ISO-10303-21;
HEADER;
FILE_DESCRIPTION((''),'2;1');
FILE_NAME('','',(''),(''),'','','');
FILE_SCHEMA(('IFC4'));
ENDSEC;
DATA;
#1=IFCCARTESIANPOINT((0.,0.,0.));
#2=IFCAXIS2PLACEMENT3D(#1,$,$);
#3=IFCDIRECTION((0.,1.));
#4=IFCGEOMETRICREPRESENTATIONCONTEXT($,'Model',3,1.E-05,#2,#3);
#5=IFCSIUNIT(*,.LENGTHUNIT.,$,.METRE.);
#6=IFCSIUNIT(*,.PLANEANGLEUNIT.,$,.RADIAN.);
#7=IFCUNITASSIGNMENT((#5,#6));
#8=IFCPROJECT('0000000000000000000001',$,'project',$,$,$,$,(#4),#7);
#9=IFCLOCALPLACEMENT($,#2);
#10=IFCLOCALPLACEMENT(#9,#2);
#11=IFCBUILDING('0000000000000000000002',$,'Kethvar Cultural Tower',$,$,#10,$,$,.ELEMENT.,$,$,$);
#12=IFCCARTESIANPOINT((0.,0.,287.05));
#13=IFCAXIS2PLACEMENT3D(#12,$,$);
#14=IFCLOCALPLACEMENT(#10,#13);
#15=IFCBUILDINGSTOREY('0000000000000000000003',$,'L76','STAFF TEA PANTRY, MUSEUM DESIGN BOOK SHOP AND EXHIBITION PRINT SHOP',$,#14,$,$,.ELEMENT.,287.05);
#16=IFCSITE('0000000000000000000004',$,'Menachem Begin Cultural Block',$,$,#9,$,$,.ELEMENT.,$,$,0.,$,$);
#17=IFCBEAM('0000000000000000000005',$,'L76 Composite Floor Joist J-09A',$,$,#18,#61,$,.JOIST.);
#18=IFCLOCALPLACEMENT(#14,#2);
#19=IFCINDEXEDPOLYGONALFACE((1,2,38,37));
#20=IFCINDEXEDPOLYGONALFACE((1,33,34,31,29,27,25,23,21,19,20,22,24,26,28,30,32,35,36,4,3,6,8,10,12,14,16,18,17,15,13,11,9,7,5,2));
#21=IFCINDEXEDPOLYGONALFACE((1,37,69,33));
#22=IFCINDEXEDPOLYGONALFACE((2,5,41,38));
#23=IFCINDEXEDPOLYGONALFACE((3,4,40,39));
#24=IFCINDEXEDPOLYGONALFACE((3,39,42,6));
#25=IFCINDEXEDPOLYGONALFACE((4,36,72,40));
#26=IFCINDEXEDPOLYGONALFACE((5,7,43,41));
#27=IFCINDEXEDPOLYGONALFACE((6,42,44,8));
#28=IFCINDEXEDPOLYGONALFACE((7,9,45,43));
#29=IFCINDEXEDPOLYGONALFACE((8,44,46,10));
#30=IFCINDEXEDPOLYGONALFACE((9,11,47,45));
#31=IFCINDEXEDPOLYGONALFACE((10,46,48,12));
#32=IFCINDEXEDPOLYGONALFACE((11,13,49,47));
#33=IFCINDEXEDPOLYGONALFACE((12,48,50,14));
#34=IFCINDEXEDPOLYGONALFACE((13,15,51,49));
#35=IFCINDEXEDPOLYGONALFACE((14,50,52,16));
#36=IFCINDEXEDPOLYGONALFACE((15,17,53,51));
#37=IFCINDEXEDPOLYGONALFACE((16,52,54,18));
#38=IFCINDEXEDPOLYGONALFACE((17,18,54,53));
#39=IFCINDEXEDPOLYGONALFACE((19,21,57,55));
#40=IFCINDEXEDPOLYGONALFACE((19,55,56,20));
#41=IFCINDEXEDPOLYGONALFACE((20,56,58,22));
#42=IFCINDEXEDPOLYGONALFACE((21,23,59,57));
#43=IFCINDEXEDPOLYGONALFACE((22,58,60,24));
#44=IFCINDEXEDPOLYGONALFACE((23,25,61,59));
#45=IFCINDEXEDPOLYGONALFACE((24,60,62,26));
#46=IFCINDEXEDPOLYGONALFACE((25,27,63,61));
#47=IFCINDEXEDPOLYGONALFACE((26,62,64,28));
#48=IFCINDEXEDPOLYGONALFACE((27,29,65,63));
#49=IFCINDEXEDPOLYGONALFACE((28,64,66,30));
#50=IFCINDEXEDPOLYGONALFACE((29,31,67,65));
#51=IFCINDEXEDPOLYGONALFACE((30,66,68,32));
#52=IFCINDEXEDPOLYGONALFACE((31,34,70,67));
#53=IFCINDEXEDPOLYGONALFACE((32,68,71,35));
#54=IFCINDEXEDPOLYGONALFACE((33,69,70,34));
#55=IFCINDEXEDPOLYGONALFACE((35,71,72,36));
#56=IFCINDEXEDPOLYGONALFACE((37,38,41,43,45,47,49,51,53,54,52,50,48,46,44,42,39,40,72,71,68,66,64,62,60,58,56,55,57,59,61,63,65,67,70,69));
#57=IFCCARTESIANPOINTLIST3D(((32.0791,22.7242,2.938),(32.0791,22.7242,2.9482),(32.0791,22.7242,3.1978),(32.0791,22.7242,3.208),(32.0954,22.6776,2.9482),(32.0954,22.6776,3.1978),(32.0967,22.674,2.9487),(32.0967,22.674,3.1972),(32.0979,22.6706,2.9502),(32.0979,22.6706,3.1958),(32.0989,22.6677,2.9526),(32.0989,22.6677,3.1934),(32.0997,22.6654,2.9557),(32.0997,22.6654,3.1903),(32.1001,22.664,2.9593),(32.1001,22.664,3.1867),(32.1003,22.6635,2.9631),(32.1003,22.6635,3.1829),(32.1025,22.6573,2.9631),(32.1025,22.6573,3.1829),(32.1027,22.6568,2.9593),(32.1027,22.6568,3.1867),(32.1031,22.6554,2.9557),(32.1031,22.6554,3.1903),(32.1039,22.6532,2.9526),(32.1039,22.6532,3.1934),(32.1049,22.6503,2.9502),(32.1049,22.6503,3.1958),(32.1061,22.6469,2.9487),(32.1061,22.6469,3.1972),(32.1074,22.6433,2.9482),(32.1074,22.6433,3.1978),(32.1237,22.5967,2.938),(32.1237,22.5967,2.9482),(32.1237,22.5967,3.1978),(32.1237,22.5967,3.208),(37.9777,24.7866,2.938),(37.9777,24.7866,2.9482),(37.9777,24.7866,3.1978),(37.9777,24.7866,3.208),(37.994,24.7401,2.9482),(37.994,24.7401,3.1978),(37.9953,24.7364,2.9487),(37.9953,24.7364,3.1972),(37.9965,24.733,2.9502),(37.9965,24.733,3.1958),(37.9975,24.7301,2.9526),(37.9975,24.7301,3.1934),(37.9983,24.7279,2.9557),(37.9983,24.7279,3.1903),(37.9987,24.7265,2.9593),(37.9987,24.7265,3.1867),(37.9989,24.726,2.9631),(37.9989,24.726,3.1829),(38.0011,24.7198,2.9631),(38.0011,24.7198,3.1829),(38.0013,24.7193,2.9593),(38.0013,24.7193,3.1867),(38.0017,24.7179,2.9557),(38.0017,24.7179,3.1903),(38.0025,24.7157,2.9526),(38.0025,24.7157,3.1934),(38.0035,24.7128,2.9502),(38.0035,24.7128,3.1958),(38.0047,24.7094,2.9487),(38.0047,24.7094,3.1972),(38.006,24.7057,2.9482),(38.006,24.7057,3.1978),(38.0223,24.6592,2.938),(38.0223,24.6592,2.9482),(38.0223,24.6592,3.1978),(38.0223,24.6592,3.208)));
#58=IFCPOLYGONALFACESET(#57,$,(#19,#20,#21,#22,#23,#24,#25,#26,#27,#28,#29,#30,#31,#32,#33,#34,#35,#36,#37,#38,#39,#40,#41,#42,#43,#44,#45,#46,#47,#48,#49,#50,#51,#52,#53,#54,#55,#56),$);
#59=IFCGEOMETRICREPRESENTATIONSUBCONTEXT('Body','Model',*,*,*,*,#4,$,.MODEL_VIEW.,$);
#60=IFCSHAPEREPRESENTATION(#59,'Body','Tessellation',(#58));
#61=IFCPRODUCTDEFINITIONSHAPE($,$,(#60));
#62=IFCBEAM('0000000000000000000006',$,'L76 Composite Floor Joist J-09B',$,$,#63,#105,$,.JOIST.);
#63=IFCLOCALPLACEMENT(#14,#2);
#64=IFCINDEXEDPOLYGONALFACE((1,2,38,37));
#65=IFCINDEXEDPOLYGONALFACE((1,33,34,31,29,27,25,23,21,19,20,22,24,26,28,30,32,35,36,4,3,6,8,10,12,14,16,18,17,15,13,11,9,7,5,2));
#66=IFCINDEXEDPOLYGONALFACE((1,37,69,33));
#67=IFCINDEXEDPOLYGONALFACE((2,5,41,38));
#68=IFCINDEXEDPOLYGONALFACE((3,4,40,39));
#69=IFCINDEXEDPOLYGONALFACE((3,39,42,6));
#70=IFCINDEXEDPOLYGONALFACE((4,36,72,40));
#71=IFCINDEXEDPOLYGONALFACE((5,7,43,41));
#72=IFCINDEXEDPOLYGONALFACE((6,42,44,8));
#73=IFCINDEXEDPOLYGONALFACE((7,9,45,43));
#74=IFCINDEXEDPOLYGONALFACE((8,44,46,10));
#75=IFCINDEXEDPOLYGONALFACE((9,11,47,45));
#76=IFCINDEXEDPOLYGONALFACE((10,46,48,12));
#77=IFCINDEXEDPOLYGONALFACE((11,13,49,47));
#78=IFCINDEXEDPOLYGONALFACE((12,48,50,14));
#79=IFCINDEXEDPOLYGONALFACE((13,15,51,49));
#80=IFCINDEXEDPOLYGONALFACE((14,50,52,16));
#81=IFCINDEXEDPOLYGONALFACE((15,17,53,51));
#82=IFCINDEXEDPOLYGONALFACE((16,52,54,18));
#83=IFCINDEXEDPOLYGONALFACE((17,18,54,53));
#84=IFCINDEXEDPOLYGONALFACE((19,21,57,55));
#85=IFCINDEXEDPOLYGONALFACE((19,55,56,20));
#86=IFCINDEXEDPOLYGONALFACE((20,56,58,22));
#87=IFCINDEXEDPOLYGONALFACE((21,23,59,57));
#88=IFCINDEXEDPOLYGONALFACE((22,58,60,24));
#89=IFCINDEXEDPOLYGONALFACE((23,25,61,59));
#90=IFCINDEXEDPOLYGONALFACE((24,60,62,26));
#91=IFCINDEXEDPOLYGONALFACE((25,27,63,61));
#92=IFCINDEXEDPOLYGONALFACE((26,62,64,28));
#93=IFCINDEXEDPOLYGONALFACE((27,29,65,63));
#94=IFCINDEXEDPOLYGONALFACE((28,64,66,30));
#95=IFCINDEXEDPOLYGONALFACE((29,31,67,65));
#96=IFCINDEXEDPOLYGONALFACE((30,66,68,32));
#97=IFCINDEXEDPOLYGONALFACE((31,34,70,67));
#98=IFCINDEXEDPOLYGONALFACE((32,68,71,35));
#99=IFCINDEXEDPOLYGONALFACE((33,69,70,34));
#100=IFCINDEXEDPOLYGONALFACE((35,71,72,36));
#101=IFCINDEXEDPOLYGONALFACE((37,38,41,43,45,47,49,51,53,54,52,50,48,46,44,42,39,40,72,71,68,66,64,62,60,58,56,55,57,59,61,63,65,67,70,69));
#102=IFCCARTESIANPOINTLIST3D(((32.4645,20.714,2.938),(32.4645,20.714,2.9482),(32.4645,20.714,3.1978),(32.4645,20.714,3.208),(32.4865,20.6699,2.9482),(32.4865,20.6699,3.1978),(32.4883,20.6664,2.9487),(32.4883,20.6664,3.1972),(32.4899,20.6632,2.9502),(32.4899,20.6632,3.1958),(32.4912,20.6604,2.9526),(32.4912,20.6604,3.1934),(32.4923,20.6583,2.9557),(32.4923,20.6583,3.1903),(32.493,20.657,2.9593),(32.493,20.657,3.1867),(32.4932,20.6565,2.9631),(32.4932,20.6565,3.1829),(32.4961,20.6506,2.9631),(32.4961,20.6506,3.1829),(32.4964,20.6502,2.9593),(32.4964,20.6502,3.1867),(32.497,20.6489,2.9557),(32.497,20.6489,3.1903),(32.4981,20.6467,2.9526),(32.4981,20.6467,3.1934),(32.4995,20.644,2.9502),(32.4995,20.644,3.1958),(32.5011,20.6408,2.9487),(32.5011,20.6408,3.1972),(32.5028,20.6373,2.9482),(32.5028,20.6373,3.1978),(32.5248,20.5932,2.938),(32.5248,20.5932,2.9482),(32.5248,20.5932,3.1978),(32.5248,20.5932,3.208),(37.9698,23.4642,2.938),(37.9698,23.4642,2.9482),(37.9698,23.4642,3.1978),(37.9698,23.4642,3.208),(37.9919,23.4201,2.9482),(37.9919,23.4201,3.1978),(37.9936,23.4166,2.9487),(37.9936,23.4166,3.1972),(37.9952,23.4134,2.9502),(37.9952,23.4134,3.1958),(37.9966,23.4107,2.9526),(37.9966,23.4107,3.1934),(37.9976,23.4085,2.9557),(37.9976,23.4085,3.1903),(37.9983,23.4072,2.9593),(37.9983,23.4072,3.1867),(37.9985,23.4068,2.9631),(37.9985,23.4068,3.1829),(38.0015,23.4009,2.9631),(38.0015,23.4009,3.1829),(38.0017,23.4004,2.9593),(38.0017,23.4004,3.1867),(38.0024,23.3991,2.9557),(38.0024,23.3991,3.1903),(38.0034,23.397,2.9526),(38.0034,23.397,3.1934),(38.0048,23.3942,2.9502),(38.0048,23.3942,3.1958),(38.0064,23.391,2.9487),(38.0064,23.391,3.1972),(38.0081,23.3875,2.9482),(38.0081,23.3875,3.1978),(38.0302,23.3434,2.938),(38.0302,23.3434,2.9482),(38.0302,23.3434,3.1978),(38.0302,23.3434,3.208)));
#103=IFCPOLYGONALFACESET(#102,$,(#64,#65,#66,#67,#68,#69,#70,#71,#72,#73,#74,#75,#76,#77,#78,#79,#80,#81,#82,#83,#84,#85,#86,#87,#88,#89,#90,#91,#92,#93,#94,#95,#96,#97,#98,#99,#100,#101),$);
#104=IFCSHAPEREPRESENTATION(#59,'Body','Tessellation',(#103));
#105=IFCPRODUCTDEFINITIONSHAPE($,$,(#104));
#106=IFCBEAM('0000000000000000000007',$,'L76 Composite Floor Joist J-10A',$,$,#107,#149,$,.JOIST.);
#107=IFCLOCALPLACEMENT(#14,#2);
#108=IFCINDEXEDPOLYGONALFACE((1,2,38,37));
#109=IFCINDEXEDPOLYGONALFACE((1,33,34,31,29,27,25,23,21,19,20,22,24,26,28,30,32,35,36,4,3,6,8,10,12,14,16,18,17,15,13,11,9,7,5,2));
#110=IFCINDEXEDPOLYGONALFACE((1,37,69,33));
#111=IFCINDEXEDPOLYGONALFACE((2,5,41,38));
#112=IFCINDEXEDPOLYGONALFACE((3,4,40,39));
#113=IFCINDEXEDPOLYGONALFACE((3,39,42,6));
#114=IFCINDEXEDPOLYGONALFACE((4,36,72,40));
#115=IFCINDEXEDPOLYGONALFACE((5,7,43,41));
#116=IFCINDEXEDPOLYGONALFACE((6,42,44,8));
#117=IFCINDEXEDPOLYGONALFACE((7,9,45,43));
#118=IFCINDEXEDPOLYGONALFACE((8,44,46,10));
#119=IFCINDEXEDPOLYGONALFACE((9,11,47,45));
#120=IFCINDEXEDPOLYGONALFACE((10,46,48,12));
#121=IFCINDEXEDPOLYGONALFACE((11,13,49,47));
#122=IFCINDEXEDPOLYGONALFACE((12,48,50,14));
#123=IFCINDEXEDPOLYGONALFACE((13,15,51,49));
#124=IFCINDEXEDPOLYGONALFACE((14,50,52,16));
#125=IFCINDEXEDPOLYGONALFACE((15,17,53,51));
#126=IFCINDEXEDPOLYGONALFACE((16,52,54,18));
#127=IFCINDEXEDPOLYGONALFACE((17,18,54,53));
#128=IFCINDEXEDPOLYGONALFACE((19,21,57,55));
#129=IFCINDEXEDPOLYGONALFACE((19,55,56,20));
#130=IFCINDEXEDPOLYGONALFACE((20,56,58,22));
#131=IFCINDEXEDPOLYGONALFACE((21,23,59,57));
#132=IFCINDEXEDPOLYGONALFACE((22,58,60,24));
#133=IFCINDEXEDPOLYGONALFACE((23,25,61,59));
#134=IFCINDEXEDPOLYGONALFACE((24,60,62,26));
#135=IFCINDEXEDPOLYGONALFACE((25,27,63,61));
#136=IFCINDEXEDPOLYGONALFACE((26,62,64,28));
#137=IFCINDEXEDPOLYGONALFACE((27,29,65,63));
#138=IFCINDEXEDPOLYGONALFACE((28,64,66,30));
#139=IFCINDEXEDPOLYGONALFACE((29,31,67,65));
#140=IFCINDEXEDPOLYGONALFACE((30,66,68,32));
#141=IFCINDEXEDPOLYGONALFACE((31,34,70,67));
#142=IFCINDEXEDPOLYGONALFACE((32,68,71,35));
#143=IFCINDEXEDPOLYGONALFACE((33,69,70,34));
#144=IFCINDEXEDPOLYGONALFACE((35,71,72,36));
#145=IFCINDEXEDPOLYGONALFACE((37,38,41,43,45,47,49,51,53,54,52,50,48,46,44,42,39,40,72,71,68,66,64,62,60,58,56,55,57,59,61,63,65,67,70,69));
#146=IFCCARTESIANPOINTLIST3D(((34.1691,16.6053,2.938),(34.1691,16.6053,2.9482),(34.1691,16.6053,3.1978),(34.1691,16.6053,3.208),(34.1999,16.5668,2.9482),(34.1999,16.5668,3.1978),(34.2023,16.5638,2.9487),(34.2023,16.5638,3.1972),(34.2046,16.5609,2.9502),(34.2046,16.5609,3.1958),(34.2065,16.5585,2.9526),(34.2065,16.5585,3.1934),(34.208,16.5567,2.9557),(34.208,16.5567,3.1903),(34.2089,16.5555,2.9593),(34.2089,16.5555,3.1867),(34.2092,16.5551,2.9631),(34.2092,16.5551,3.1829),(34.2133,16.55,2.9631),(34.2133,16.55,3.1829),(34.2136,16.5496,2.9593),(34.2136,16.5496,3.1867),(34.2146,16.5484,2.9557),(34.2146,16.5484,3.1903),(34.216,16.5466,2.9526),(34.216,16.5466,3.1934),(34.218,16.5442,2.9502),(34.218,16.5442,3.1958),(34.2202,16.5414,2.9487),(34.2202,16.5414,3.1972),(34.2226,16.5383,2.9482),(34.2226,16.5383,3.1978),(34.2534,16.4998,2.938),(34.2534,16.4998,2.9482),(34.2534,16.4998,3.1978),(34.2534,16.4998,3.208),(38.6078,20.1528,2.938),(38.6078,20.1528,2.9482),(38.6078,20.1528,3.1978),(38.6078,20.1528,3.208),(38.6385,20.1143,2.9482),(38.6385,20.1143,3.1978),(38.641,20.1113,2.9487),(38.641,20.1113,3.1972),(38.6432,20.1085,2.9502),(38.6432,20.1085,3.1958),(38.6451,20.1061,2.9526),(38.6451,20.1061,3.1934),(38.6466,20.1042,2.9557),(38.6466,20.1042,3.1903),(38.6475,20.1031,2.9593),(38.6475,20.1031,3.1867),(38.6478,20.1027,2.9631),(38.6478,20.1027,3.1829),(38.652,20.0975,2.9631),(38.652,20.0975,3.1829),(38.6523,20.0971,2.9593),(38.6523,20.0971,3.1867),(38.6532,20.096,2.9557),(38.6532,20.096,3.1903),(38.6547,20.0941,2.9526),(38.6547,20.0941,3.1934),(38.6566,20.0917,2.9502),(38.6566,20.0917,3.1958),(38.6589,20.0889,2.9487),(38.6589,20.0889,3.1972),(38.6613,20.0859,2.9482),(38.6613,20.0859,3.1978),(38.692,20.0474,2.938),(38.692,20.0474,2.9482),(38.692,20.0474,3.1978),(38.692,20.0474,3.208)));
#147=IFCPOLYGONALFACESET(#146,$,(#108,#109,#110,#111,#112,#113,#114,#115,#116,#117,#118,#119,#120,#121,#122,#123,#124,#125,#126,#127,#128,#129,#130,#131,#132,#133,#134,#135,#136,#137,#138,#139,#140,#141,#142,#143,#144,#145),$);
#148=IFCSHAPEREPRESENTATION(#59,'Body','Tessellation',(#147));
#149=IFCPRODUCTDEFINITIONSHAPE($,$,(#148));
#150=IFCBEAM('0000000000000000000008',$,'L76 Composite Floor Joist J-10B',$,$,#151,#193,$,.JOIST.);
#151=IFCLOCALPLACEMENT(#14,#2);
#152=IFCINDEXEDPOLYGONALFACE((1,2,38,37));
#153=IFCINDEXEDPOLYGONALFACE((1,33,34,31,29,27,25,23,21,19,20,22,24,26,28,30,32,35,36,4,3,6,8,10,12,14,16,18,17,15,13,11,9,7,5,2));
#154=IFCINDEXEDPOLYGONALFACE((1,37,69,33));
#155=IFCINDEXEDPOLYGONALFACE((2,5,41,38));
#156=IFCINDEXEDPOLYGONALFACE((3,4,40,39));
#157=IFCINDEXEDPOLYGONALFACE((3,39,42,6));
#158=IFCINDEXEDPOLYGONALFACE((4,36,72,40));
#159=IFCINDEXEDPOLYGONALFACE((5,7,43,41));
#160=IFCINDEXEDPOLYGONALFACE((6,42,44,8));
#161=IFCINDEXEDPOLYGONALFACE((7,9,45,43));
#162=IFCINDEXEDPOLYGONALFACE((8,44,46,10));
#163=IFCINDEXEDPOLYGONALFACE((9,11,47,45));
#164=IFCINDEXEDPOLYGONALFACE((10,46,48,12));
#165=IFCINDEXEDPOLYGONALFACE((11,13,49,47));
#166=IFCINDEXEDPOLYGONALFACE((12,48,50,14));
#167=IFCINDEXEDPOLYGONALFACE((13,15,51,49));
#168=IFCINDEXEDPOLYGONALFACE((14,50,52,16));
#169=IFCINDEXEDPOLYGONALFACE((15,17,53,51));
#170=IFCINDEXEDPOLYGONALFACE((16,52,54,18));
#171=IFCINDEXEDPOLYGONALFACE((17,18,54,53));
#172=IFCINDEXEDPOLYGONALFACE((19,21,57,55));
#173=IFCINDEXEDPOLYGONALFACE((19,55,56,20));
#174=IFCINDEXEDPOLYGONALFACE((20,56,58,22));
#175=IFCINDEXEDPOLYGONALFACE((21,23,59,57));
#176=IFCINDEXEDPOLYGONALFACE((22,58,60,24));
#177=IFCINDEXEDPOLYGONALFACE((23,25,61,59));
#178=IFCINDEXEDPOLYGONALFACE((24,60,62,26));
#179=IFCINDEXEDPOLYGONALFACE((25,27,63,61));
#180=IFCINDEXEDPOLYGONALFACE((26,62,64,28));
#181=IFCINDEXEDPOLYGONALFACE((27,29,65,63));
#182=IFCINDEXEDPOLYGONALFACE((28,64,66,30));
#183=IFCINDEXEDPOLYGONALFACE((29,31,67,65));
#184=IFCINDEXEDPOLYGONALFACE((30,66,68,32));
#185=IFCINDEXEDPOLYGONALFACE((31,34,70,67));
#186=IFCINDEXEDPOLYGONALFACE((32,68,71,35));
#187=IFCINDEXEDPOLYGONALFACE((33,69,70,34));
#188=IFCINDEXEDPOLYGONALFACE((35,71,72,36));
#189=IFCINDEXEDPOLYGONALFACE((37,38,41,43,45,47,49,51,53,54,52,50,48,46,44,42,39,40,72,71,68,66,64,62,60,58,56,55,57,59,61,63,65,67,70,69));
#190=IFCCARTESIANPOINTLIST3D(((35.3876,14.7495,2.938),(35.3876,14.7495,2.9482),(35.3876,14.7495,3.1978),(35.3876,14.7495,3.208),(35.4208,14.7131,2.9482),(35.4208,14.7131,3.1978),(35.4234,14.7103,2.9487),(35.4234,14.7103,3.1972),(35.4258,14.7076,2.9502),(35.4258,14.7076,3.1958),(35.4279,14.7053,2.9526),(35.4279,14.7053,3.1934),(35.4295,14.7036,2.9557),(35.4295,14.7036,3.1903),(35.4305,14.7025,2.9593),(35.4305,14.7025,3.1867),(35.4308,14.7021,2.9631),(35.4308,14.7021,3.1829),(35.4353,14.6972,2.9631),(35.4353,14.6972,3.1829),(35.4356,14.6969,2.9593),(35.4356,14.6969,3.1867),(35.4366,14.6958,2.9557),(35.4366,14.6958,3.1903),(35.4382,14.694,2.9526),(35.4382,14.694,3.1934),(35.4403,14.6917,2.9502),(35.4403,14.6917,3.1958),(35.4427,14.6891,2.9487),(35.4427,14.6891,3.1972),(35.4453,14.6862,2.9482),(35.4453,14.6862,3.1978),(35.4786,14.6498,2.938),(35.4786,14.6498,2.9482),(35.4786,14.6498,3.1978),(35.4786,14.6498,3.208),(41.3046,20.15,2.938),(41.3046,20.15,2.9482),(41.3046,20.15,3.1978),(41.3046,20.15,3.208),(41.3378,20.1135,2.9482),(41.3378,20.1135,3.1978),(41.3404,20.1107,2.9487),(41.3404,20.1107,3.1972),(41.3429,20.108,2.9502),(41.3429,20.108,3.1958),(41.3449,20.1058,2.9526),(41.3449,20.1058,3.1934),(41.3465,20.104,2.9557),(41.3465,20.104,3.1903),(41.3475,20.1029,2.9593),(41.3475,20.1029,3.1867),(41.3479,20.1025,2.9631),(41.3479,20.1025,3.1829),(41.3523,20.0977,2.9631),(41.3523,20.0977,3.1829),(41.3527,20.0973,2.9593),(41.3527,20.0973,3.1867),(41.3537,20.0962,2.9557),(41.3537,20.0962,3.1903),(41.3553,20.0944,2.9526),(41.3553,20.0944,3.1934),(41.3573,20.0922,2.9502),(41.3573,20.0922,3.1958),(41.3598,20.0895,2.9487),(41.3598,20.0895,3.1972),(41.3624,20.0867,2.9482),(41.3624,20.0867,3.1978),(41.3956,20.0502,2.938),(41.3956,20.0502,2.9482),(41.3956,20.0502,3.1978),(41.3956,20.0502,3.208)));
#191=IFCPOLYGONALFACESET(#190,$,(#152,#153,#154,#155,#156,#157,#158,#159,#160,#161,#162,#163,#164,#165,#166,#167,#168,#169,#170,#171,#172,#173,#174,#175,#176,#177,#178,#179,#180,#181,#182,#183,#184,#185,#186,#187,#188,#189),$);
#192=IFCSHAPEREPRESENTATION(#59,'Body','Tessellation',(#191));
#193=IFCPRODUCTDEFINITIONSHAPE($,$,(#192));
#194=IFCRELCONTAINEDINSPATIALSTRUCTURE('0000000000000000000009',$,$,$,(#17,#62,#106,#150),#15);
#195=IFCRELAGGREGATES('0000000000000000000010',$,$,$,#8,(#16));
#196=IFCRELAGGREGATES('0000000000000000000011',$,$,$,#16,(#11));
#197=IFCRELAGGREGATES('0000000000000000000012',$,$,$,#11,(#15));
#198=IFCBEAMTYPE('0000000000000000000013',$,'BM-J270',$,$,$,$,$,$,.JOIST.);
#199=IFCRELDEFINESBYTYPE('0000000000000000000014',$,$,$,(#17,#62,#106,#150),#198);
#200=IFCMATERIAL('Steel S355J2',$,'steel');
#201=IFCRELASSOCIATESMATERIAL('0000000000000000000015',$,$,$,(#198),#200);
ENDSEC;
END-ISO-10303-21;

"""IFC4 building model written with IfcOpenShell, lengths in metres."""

from ifc_helpers import new_model, si_unit, direction, frame, origin, origin_2d, place, context, subcontext, project, spatial, i_section, extrude, source, transform, mapped, material, material_profile, profile_set, type_object, element, save


model = new_model("IFC4")

# Units and contexts
model_context = context("Model", 3, precision=1e-05, world=origin(), true_north=direction((0.0, 1.0)))
body_context = subcontext(model_context, "Body", "Model", "MODEL_VIEW")
ifc_project = project(units=[si_unit("LENGTHUNIT", "METRE"), si_unit("PLANEANGLEUNIT", "RADIAN")], contexts=[model_context])

# Site, building, storey
site_placement = place(None, origin())
site = spatial("IfcSite", under=ifc_project, at=site_placement, Name="Menachem Begin Cultural Block", CompositionType="ELEMENT", RefElevation=0.0)
building_placement = place(site_placement, origin())
building = spatial("IfcBuilding", under=site, at=building_placement, Name="Kethvar Cultural Tower", CompositionType="ELEMENT")
storey_placement = place(building_placement, frame((0.0, 0.0, 287.05)))
storey = spatial("IfcBuildingStorey", under=building, at=storey_placement, Name="L76", Description="STAFF TEA PANTRY, MUSEUM DESIGN BOOK SHOP AND EXHIBITION PRINT SHOP", CompositionType="ELEMENT", Elevation=287.05)

# Beams
ifc_material_1 = material(Name="Steel S355J2", Category="steel")
ifc_material_profile_1 = material_profile(ifc_material_1, i_section(OverallWidth=0.135, OverallDepth=0.27, WebThickness=0.0066, FlangeThickness=0.0103, FilletRadius=0.0149, at=origin_2d()), Name="Steel S355J2 — IPE270")
ifc_profile_set_1 = profile_set([ifc_material_profile_1], Name="Steel S355J2 — IPE270")
beam_type_1 = type_object("IfcBeamType", Name="BM-J270", PredefinedType="JOIST", material=ifc_profile_set_1)
shared_shape_1 = source(origin(), body_context, "Body", "SweptSolid", [
    extrude(i_section(OverallWidth=0.135, OverallDepth=0.27, WebThickness=0.0066, FlangeThickness=0.0103, FilletRadius=0.0149, at=origin_2d()), origin(), (0.0, 0.0, 1.0), 6.2488),
])
beam_1_placement = place(storey_placement, frame((38.0, 24.7229, 3.073), z_axis=(-0.94396, -0.33006, 0.0), x_axis=(0.33006, -0.94396, 0.0)))
element("IfcBeam", 1, at=beam_1_placement, inside=storey, type_object=beam_type_1, Name="L76 Composite Floor Joist J-09A", PredefinedType="JOIST", context=body_context, shape_type="MappedRepresentation", body=[
    mapped(shared_shape_1, transform((0.0, 0.0, 0.0), scale=1.0)),
])
shared_shape_2 = source(origin(), body_context, "Body", "SweptSolid", [
    extrude(i_section(OverallWidth=0.135, OverallDepth=0.27, WebThickness=0.0066, FlangeThickness=0.0103, FilletRadius=0.0149, at=origin_2d()), origin(), (0.0, 0.0, 1.0), 6.1541),
])
beam_2_placement = place(storey_placement, frame((38.0, 23.4038, 3.073), z_axis=(-0.894586, -0.446896, 0.0), x_axis=(0.446896, -0.894586, 0.0)))
element("IfcBeam", 2, at=beam_2_placement, inside=storey, type_object=beam_type_1, Name="L76 Composite Floor Joist J-09B", PredefinedType="JOIST", context=body_context, shape_type="MappedRepresentation", body=[
    mapped(shared_shape_2, transform((0.0, 0.0, 0.0), scale=1.0)),
])
shared_shape_3 = source(origin(), body_context, "Body", "SweptSolid", [
    extrude(i_section(OverallWidth=0.135, OverallDepth=0.27, WebThickness=0.0066, FlangeThickness=0.0103, FilletRadius=0.0149, at=origin_2d()), origin(), (0.0, 0.0, 1.0), 5.6821),
])
beam_3_placement = place(storey_placement, frame((38.6499, 20.1001, 3.073), z_axis=(-0.781158, -0.624333, 0.0), x_axis=(0.624333, -0.781158, 0.0)))
element("IfcBeam", 3, at=beam_3_placement, inside=storey, type_object=beam_type_1, Name="L76 Composite Floor Joist J-10A", PredefinedType="JOIST", context=body_context, shape_type="MappedRepresentation", body=[
    mapped(shared_shape_3, transform((0.0, 0.0, 0.0), scale=1.0)),
])
shared_shape_4 = source(origin(), body_context, "Body", "SweptSolid", [
    extrude(i_section(OverallWidth=0.135, OverallDepth=0.27, WebThickness=0.0066, FlangeThickness=0.0103, FilletRadius=0.0149, at=origin_2d()), origin(), (0.0, 0.0, 1.0), 8.011),
])
beam_4_placement = place(storey_placement, frame((41.3501, 20.1001, 3.073), z_axis=(-0.738615, -0.674128, 0.0), x_axis=(0.674128, -0.738615, 0.0)))
element("IfcBeam", 4, at=beam_4_placement, inside=storey, type_object=beam_type_1, Name="L76 Composite Floor Joist J-10B", PredefinedType="JOIST", context=body_context, shape_type="MappedRepresentation", body=[
    mapped(shared_shape_4, transform((0.0, 0.0, 0.0), scale=1.0)),
])

save(model, "model.ifc")
